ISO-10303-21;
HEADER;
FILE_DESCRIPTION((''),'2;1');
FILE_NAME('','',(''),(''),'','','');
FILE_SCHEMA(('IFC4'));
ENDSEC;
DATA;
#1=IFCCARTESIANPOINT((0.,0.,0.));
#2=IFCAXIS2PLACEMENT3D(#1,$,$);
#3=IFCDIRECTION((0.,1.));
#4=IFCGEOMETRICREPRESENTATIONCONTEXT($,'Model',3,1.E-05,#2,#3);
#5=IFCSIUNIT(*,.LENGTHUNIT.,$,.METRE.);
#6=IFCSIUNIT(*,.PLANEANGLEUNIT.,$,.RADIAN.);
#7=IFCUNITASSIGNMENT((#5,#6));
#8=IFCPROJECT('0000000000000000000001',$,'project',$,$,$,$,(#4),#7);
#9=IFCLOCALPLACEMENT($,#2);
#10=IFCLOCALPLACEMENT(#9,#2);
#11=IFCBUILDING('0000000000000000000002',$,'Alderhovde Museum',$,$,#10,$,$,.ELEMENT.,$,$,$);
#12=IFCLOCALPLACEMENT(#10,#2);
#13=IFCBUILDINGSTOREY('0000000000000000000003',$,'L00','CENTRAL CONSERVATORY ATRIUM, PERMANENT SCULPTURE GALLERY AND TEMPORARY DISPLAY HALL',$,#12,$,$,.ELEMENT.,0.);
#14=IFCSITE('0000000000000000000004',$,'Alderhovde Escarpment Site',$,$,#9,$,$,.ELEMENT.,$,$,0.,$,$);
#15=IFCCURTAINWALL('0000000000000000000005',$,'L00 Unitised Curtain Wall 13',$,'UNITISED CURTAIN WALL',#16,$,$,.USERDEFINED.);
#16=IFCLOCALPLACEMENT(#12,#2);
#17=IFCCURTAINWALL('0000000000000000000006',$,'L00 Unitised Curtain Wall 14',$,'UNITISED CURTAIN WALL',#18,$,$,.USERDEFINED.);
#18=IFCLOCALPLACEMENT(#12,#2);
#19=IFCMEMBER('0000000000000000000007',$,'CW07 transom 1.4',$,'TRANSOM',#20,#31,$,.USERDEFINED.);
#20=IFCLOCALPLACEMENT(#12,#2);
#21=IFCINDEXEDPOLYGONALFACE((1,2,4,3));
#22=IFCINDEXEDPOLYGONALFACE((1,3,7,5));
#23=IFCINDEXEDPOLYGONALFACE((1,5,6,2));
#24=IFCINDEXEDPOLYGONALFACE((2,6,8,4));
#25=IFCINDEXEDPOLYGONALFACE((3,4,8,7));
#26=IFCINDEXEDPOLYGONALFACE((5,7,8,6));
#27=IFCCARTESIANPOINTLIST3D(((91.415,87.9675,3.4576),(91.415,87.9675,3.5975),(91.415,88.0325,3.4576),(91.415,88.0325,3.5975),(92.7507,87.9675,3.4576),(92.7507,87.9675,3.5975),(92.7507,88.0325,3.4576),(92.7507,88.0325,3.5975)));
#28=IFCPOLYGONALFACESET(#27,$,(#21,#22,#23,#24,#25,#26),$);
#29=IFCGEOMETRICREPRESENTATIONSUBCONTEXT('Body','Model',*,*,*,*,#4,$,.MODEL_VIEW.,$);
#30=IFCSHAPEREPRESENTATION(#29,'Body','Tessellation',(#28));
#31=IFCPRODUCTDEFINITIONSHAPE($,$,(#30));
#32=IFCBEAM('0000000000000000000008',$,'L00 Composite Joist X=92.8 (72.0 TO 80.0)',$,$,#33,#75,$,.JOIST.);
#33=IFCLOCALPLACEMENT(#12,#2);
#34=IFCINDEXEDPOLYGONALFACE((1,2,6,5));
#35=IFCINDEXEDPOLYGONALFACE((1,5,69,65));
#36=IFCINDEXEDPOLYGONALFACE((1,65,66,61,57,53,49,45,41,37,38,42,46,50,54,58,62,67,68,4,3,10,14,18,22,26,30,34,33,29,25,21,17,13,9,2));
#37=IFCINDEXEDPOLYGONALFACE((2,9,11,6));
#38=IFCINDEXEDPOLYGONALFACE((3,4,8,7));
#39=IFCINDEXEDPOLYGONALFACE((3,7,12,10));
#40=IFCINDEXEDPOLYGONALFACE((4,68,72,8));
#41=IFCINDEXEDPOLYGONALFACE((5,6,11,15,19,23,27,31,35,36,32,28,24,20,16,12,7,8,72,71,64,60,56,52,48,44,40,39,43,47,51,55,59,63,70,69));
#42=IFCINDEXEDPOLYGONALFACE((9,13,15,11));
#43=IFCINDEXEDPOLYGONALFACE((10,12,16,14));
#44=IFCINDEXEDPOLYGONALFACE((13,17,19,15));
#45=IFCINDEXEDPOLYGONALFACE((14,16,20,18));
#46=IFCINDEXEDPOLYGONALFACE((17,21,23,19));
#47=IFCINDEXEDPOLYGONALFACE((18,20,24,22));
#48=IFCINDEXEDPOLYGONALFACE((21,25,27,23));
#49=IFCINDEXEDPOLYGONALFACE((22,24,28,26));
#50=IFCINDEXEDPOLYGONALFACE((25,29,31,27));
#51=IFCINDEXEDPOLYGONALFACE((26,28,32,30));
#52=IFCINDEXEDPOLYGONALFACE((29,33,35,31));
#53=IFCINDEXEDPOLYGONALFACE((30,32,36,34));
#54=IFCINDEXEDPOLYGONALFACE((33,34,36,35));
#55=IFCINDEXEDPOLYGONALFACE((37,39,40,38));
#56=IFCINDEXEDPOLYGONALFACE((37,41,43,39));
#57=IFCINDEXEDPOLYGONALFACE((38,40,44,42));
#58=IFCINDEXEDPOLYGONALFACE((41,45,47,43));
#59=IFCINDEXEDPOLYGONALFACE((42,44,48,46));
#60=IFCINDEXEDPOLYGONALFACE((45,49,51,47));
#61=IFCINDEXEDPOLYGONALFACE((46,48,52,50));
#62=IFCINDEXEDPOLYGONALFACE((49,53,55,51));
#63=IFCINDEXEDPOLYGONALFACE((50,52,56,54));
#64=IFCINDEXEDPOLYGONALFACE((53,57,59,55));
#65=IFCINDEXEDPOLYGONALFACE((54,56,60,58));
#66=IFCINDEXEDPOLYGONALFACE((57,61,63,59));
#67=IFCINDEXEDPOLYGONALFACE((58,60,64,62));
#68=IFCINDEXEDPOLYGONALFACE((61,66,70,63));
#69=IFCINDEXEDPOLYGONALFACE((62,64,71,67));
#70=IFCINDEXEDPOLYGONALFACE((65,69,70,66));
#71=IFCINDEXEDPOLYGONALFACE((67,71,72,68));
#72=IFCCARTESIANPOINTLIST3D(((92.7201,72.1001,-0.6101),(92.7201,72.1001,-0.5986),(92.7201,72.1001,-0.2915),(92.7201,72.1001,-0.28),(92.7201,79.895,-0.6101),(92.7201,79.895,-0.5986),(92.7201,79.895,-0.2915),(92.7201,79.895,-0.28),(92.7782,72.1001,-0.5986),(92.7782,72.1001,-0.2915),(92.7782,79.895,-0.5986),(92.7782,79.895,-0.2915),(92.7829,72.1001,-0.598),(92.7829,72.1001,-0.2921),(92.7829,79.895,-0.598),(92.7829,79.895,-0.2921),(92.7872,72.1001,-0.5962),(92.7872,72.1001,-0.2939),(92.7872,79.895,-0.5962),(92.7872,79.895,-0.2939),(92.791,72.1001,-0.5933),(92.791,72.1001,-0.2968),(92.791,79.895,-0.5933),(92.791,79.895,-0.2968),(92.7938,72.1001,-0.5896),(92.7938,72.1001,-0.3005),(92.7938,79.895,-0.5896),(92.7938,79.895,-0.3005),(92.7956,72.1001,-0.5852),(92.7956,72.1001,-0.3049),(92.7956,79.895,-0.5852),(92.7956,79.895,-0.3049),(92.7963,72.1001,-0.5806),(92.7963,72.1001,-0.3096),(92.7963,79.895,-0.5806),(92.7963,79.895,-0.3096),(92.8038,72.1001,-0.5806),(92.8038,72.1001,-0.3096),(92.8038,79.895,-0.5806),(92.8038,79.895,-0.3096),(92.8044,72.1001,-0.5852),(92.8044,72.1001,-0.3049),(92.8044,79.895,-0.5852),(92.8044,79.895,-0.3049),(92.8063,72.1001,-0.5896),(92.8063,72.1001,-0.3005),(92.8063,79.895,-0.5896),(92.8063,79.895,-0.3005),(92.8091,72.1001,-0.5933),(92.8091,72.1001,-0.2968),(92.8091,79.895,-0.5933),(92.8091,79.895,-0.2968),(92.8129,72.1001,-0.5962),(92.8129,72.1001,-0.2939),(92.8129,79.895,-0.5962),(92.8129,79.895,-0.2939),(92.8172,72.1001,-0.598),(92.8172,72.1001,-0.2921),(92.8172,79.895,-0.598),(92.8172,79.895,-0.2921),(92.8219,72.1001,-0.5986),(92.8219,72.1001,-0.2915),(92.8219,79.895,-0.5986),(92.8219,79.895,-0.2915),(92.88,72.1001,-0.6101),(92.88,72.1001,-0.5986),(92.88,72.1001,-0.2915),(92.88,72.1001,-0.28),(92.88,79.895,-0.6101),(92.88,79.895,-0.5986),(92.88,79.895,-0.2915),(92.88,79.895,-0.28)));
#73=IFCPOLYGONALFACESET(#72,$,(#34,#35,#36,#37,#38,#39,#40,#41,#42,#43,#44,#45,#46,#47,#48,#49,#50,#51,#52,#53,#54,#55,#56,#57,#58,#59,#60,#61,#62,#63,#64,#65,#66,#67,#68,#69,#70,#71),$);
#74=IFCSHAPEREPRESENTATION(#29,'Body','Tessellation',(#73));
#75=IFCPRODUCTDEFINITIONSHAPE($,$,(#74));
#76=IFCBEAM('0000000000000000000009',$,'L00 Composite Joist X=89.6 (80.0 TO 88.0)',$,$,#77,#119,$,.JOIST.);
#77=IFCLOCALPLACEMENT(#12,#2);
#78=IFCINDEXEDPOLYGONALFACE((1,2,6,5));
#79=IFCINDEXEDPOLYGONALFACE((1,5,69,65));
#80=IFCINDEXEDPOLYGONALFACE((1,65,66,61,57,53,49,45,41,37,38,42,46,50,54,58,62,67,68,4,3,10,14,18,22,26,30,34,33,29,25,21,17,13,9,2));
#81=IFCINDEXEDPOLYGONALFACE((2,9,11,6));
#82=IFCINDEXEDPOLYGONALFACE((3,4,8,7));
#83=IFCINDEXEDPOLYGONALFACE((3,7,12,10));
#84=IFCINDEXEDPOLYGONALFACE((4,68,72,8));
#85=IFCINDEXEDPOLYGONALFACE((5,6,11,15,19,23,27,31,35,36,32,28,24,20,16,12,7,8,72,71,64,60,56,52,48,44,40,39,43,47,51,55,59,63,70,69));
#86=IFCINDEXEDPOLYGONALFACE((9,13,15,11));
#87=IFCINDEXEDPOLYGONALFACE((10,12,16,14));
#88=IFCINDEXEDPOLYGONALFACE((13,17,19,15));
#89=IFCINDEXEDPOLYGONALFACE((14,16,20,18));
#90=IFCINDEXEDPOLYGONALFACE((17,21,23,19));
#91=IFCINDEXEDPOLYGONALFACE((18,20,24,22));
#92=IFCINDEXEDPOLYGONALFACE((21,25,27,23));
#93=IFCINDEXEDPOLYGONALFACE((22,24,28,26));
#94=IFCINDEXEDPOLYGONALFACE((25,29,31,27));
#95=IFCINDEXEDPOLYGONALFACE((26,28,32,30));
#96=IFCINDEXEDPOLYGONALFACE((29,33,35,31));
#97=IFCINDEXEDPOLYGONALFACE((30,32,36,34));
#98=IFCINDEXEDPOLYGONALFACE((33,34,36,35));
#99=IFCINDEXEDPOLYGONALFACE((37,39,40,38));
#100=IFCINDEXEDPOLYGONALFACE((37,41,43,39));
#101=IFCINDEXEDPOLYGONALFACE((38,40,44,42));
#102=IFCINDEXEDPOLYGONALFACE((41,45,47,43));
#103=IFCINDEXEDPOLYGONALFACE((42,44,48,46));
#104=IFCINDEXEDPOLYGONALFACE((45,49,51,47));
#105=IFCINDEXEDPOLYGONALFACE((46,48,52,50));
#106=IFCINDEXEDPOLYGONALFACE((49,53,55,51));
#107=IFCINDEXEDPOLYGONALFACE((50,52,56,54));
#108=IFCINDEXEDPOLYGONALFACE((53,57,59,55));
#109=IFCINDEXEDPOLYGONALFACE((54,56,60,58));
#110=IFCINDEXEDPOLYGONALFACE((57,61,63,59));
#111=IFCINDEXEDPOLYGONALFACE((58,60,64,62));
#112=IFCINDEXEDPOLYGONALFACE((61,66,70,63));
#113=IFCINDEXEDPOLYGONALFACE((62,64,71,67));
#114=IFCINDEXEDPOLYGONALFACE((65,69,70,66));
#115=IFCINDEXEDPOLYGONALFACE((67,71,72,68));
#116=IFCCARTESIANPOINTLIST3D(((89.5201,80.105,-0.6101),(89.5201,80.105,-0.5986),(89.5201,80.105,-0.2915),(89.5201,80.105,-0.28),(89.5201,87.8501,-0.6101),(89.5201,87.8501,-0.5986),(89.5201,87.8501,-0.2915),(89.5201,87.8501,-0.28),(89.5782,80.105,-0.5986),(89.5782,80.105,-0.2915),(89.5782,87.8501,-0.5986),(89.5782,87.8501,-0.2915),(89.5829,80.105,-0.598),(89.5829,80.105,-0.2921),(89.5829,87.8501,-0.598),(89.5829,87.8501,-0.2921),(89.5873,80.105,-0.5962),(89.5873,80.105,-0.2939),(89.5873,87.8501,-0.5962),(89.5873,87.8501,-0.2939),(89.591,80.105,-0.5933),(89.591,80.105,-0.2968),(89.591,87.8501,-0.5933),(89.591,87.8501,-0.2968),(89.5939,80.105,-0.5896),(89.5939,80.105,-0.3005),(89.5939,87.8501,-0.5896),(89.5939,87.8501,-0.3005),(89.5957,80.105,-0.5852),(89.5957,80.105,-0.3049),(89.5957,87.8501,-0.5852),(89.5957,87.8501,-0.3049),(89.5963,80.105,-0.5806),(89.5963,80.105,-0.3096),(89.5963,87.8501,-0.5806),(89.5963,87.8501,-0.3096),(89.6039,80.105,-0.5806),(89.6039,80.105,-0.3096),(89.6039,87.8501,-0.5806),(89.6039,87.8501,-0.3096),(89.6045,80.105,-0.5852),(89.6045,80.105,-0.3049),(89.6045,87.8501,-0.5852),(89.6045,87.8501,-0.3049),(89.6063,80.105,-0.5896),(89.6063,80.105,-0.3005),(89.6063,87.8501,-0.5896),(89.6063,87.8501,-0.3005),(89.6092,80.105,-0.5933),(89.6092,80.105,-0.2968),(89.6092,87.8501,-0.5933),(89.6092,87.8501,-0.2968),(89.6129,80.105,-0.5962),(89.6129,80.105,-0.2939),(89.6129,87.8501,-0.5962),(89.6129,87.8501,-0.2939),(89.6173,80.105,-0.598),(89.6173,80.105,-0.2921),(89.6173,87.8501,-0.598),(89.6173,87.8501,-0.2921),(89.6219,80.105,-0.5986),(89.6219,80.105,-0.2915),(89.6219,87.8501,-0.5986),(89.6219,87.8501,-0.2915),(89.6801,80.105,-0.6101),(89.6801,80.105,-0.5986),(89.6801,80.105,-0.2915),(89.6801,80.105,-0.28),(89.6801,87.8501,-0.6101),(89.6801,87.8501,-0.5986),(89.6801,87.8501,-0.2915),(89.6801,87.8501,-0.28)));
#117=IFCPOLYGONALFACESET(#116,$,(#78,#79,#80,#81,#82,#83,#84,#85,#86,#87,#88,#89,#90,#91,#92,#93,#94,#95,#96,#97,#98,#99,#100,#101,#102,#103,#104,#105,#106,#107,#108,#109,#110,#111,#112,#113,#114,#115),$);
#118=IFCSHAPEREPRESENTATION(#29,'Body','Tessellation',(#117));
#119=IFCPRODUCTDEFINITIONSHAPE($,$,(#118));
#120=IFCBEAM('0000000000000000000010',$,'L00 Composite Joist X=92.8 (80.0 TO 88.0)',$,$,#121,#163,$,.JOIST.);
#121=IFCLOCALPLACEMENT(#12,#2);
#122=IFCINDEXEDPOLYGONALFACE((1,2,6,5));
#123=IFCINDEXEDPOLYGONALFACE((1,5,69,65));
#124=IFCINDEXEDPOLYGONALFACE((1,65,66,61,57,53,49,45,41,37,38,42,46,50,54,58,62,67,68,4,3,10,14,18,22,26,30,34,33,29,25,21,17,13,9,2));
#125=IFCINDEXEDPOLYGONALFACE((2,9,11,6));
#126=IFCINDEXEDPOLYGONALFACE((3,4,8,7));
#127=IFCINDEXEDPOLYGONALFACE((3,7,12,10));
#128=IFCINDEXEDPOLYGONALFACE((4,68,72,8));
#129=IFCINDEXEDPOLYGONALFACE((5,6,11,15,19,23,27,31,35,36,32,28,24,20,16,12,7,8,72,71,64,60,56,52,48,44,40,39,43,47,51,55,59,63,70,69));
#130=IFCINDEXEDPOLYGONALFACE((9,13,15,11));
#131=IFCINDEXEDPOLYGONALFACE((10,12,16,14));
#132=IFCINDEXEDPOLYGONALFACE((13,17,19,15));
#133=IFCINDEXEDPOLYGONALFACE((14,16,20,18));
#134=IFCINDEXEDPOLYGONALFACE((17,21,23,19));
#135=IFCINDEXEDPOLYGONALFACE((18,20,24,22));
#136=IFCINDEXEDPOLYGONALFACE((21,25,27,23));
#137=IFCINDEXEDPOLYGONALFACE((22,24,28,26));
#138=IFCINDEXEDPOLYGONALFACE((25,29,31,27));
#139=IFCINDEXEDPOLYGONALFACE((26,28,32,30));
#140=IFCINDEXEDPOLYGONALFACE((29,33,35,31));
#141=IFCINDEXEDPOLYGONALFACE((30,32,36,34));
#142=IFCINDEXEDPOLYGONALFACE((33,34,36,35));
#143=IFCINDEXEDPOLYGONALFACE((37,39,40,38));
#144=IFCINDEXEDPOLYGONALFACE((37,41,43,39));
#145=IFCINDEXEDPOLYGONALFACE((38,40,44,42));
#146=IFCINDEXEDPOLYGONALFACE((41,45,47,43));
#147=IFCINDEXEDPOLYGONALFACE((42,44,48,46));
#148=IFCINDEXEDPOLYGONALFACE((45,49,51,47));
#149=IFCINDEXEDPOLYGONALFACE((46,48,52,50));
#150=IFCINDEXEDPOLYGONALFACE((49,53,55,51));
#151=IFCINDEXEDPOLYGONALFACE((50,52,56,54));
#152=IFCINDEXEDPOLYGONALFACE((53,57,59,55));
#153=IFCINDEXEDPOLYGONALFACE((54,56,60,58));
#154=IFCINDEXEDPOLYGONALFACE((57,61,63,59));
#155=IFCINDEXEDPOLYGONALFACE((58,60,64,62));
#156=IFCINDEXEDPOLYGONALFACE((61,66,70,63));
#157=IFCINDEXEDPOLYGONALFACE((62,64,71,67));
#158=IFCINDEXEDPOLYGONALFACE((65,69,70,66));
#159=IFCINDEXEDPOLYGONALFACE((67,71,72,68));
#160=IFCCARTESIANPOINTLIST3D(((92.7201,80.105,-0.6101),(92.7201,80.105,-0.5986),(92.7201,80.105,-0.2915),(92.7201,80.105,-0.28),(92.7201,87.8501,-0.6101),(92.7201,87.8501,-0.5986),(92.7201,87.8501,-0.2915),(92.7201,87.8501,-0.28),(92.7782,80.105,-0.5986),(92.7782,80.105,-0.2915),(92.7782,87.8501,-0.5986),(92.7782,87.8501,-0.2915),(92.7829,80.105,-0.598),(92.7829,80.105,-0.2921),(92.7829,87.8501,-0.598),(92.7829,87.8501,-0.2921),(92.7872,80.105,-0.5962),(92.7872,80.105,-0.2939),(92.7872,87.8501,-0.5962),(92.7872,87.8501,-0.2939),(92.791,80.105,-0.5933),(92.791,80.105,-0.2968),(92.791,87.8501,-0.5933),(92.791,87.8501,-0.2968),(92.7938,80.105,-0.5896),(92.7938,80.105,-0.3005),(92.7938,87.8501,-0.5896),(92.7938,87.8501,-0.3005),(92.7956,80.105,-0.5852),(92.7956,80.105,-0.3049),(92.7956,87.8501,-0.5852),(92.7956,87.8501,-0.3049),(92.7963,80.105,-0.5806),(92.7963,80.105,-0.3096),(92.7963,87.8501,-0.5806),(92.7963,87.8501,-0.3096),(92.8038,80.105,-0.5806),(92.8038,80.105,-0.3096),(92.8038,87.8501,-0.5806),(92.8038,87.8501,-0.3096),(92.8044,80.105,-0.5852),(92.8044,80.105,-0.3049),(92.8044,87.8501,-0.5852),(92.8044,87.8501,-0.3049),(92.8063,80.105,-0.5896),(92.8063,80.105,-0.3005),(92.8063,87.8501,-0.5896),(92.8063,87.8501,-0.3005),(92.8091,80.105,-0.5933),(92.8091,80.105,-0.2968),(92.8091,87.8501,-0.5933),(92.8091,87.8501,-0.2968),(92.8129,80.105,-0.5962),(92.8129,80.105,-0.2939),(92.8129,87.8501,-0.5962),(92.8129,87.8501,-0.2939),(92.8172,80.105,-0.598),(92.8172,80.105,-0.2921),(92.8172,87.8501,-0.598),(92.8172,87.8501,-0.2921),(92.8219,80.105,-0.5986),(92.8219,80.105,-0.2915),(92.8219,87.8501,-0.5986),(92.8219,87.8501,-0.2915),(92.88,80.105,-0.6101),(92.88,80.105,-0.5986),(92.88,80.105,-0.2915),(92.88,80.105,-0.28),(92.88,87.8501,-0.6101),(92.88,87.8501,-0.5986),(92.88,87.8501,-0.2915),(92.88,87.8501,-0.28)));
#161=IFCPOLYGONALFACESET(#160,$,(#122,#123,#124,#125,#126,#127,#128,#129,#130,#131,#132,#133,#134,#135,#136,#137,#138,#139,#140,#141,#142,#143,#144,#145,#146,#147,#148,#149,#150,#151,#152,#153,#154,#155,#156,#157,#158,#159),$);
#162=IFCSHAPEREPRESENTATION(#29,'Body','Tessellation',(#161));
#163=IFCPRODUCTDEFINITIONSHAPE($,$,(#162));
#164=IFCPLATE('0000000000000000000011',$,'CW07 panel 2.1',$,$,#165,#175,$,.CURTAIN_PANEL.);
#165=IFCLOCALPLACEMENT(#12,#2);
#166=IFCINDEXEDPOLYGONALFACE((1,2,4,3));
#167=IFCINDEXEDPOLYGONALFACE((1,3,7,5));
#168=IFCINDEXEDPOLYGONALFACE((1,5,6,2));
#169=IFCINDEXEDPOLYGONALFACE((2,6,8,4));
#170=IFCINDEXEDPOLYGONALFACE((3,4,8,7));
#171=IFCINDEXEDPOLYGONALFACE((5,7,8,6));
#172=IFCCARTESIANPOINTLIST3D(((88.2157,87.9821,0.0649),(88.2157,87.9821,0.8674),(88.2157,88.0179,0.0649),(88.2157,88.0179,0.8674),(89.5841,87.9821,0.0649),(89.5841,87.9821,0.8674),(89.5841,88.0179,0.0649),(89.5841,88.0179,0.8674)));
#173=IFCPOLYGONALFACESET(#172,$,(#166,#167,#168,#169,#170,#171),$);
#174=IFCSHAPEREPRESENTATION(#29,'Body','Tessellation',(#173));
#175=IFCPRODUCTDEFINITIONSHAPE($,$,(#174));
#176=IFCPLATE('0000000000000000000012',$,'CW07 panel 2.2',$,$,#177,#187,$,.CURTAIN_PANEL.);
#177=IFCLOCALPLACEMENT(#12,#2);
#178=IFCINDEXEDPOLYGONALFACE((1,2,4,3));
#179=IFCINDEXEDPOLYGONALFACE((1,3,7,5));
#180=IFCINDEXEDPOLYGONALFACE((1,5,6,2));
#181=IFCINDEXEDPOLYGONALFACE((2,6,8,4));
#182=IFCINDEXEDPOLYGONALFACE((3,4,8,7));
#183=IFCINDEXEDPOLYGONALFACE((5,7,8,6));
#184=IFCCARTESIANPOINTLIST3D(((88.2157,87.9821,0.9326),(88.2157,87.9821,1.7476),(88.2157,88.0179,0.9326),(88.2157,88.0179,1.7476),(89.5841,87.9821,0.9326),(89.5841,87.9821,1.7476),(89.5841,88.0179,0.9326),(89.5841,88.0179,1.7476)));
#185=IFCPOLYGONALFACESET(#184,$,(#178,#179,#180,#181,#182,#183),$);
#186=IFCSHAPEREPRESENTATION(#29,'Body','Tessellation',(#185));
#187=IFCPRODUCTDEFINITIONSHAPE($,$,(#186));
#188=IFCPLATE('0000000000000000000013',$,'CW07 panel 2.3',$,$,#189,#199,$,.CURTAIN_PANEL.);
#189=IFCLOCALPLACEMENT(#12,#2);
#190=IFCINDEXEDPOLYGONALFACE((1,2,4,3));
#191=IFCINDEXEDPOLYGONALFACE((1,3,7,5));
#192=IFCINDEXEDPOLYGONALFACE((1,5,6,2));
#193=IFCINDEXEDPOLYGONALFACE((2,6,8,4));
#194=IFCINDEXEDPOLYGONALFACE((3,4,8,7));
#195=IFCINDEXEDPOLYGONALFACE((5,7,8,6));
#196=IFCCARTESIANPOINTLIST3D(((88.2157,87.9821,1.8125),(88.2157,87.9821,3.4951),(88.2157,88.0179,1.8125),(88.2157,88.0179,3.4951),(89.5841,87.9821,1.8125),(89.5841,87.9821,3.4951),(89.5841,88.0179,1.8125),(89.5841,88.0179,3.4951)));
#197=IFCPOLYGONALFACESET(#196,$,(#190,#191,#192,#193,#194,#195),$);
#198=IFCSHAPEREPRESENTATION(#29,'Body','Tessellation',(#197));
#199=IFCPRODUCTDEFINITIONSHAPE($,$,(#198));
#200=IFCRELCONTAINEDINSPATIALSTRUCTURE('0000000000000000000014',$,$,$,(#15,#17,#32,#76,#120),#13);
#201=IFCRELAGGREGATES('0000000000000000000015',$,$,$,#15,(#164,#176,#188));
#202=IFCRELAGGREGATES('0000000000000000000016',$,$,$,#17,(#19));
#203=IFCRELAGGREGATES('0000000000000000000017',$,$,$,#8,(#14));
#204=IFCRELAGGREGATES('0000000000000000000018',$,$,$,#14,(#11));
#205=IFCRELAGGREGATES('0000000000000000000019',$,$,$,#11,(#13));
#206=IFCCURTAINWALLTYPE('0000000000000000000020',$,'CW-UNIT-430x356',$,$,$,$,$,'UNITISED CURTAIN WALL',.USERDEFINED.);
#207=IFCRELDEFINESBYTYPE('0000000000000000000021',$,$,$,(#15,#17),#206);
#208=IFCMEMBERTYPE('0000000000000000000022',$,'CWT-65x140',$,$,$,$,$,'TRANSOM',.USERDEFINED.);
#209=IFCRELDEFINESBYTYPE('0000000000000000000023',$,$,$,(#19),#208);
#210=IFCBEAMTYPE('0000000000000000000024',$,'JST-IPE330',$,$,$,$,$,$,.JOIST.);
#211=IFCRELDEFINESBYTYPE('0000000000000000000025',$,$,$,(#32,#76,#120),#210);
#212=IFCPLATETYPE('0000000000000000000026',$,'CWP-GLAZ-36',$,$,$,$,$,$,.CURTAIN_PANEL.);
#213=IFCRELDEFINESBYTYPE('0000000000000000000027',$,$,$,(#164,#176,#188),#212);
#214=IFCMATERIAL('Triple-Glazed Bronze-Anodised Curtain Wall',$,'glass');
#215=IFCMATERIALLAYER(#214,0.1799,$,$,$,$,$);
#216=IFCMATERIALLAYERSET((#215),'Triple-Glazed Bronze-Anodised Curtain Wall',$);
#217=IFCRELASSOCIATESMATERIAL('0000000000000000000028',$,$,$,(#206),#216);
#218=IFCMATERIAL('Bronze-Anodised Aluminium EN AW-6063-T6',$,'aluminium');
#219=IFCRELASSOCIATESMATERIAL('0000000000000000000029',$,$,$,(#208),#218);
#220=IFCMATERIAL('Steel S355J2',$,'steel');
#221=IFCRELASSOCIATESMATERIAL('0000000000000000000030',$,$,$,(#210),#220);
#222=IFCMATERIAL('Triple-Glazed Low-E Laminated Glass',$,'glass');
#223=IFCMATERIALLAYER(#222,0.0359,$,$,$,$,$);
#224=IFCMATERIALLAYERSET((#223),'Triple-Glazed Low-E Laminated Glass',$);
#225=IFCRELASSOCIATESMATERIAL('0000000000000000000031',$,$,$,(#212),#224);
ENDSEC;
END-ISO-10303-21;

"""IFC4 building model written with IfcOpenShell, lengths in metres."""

from ifc_helpers import new_model, si_unit, direction, frame, origin, origin_2d, place, context, subcontext, project, spatial, rectangle, i_section, extrude, material, layer, layer_set, material_profile, profile_set, type_object, element, aggregate, save


model = new_model("IFC4")

# Units and contexts
model_context = context("Model", 3, precision=1e-05, world=origin(), true_north=direction((0.0, 1.0)))
body_context = subcontext(model_context, "Body", "Model", "MODEL_VIEW")
ifc_project = project(units=[si_unit("LENGTHUNIT", "METRE"), si_unit("PLANEANGLEUNIT", "RADIAN")], contexts=[model_context])

# Site, building, storey
site_placement = place(None, origin())
site = spatial("IfcSite", under=ifc_project, at=site_placement, Name="Alderhovde Escarpment Site", CompositionType="ELEMENT", RefElevation=0.0)
building_placement = place(site_placement, origin())
building = spatial("IfcBuilding", under=site, at=building_placement, Name="Alderhovde Museum", CompositionType="ELEMENT")
storey_placement = place(building_placement, origin())
storey = spatial("IfcBuildingStorey", under=building, at=storey_placement, Name="L00", Description="CENTRAL CONSERVATORY ATRIUM, PERMANENT SCULPTURE GALLERY AND TEMPORARY DISPLAY HALL", CompositionType="ELEMENT", Elevation=0.0)

# Curtain walls
ifc_material_1 = material(Name="Triple-Glazed Bronze-Anodised Curtain Wall", Category="glass")
ifc_layer_1 = layer(ifc_material_1, 0.1799)
ifc_layer_set_1 = layer_set([ifc_layer_1], Name="Triple-Glazed Bronze-Anodised Curtain Wall")
curtain_wall_type = type_object("IfcCurtainWallType", Name="CW-UNIT-430x356", ElementType="UNITISED CURTAIN WALL", PredefinedType="USERDEFINED", material=ifc_layer_set_1)
curtain_wall_1_placement = place(storey_placement, origin())
curtain_wall_1 = element("IfcCurtainWall", 1, at=curtain_wall_1_placement, inside=storey, type_object=curtain_wall_type, Name="L00 Unitised Curtain Wall 13", ObjectType="UNITISED CURTAIN WALL", PredefinedType="USERDEFINED")
curtain_wall_2_placement = place(storey_placement, origin())
curtain_wall_2 = element("IfcCurtainWall", 2, at=curtain_wall_2_placement, inside=storey, type_object=curtain_wall_type, Name="L00 Unitised Curtain Wall 14", ObjectType="UNITISED CURTAIN WALL", PredefinedType="USERDEFINED")

# Member
ifc_material_2 = material(Name="Bronze-Anodised Aluminium EN AW-6063-T6", Category="aluminium")
ifc_material_profile_1 = material_profile(ifc_material_2, rectangle(XDim=0.0649, YDim=0.1399, at=origin_2d()), Name="TRANSOM 65x140")
ifc_profile_set_1 = profile_set([ifc_material_profile_1], Name="Bronze-Anodised Aluminium EN AW-6063-T6")
member_type_1 = type_object("IfcMemberType", Name="CWT-65x140", ElementType="TRANSOM", PredefinedType="USERDEFINED", material=ifc_profile_set_1)
member_1_placement = place(storey_placement, frame((91.415, 88.0, 3.5276), z_axis=(1.0, 0.0, 0.0), x_axis=(0.0, 1.0, 0.0)))
member_1 = element("IfcMember", 3, at=member_1_placement, type_object=member_type_1, Name="CW07 transom 1.4", ObjectType="TRANSOM", PredefinedType="USERDEFINED", context=body_context, shape_type="SweptSolid", body=[
    extrude(rectangle(XDim=0.0649, YDim=0.1399, at=origin_2d()), origin(), (0.0, 0.0, 1.0), 1.3357),
])

# Beams
ifc_material_3 = material(Name="Steel S355J2", Category="steel")
ifc_material_profile_2 = material_profile(ifc_material_3, i_section(OverallWidth=0.1599, OverallDepth=0.3301, WebThickness=0.0076, FlangeThickness=0.0115, FilletRadius=0.0181, at=origin_2d()), Name="IPE 330")
ifc_profile_set_2 = profile_set([ifc_material_profile_2], Name="Steel S355J2")
beam_type = type_object("IfcBeamType", Name="JST-IPE330", PredefinedType="JOIST", material=ifc_profile_set_2)
beam_placement = place(storey_placement, frame((92.8, 72.1001, -0.4451), z_axis=(0.0, 1.0, 0.0), x_axis=(-1.0, 0.0, 0.0)))
element("IfcBeam", 4, at=beam_placement, inside=storey, type_object=beam_type, Name="L00 Composite Joist X=92.8 (72.0 TO 80.0)", PredefinedType="JOIST", context=body_context, shape_type="SweptSolid", body=[
    extrude(i_section(OverallWidth=0.1599, OverallDepth=0.3301, WebThickness=0.0076, FlangeThickness=0.0115, FilletRadius=0.0181, at=origin_2d()), origin(), (0.0, 0.0, 1.0), 7.7949),
])
for number, where, z_axis, x_axis, name in (
    (5, (89.6001, 80.105, -0.4451), (0.0, 1.0, 0.0), (-1.0, 0.0, 0.0), "L00 Composite Joist X=89.6 (80.0 TO 88.0)"),
    (6, (92.8, 80.105, -0.4451), (0.0, 1.0, 0.0), (-1.0, 0.0, 0.0), "L00 Composite Joist X=92.8 (80.0 TO 88.0)"),
):
    element("IfcBeam", number, at=place(storey_placement, frame(where, z_axis=z_axis, x_axis=x_axis)), inside=storey, type_object=beam_type, Name=name, PredefinedType="JOIST", context=body_context, shape_type="SweptSolid", body=[
        extrude(i_section(OverallWidth=0.1599, OverallDepth=0.3301, WebThickness=0.0076, FlangeThickness=0.0115, FilletRadius=0.0181, at=origin_2d()), origin(), (0.0, 0.0, 1.0), 7.7451),
    ])

# Plates
ifc_material_4 = material(Name="Triple-Glazed Low-E Laminated Glass", Category="glass")
ifc_layer_2 = layer(ifc_material_4, 0.0359)
ifc_layer_set_2 = layer_set([ifc_layer_2], Name="Triple-Glazed Low-E Laminated Glass")
plate_type_1 = type_object("IfcPlateType", Name="CWP-GLAZ-36", PredefinedType="CURTAIN_PANEL", material=ifc_layer_set_2)
plate_1_placement = place(storey_placement, frame((88.8999, 88.0, 0.0649), z_axis=(0.0, 0.0, 1.0), x_axis=(1.0, 0.0, 0.0)))
plate_1 = element("IfcPlate", 7, at=plate_1_placement, type_object=plate_type_1, Name="CW07 panel 2.1", PredefinedType="CURTAIN_PANEL", context=body_context, shape_type="SweptSolid", body=[
    extrude(rectangle(XDim=1.3684, YDim=0.0359, at=origin_2d()), origin(), (0.0, 0.0, 1.0), 0.8025),
])
plate_2_placement = place(storey_placement, frame((88.8999, 88.0, 0.9326), z_axis=(0.0, 0.0, 1.0), x_axis=(1.0, 0.0, 0.0)))
plate_2 = element("IfcPlate", 8, at=plate_2_placement, type_object=plate_type_1, Name="CW07 panel 2.2", PredefinedType="CURTAIN_PANEL", context=body_context, shape_type="SweptSolid", body=[
    extrude(rectangle(XDim=1.3684, YDim=0.0359, at=origin_2d()), origin(), (0.0, 0.0, 1.0), 0.8149),
])
plate_3_placement = place(storey_placement, frame((88.8999, 88.0, 1.8125), z_axis=(0.0, 0.0, 1.0), x_axis=(1.0, 0.0, 0.0)))
plate_3 = element("IfcPlate", 9, at=plate_3_placement, type_object=plate_type_1, Name="CW07 panel 2.3", PredefinedType="CURTAIN_PANEL", context=body_context, shape_type="SweptSolid", body=[
    extrude(rectangle(XDim=1.3684, YDim=0.0359, at=origin_2d()), origin(), (0.0, 0.0, 1.0), 1.6826),
])
aggregate(curtain_wall_1, [plate_1, plate_2, plate_3])
aggregate(curtain_wall_2, [member_1])

save(model, "model.ifc")
